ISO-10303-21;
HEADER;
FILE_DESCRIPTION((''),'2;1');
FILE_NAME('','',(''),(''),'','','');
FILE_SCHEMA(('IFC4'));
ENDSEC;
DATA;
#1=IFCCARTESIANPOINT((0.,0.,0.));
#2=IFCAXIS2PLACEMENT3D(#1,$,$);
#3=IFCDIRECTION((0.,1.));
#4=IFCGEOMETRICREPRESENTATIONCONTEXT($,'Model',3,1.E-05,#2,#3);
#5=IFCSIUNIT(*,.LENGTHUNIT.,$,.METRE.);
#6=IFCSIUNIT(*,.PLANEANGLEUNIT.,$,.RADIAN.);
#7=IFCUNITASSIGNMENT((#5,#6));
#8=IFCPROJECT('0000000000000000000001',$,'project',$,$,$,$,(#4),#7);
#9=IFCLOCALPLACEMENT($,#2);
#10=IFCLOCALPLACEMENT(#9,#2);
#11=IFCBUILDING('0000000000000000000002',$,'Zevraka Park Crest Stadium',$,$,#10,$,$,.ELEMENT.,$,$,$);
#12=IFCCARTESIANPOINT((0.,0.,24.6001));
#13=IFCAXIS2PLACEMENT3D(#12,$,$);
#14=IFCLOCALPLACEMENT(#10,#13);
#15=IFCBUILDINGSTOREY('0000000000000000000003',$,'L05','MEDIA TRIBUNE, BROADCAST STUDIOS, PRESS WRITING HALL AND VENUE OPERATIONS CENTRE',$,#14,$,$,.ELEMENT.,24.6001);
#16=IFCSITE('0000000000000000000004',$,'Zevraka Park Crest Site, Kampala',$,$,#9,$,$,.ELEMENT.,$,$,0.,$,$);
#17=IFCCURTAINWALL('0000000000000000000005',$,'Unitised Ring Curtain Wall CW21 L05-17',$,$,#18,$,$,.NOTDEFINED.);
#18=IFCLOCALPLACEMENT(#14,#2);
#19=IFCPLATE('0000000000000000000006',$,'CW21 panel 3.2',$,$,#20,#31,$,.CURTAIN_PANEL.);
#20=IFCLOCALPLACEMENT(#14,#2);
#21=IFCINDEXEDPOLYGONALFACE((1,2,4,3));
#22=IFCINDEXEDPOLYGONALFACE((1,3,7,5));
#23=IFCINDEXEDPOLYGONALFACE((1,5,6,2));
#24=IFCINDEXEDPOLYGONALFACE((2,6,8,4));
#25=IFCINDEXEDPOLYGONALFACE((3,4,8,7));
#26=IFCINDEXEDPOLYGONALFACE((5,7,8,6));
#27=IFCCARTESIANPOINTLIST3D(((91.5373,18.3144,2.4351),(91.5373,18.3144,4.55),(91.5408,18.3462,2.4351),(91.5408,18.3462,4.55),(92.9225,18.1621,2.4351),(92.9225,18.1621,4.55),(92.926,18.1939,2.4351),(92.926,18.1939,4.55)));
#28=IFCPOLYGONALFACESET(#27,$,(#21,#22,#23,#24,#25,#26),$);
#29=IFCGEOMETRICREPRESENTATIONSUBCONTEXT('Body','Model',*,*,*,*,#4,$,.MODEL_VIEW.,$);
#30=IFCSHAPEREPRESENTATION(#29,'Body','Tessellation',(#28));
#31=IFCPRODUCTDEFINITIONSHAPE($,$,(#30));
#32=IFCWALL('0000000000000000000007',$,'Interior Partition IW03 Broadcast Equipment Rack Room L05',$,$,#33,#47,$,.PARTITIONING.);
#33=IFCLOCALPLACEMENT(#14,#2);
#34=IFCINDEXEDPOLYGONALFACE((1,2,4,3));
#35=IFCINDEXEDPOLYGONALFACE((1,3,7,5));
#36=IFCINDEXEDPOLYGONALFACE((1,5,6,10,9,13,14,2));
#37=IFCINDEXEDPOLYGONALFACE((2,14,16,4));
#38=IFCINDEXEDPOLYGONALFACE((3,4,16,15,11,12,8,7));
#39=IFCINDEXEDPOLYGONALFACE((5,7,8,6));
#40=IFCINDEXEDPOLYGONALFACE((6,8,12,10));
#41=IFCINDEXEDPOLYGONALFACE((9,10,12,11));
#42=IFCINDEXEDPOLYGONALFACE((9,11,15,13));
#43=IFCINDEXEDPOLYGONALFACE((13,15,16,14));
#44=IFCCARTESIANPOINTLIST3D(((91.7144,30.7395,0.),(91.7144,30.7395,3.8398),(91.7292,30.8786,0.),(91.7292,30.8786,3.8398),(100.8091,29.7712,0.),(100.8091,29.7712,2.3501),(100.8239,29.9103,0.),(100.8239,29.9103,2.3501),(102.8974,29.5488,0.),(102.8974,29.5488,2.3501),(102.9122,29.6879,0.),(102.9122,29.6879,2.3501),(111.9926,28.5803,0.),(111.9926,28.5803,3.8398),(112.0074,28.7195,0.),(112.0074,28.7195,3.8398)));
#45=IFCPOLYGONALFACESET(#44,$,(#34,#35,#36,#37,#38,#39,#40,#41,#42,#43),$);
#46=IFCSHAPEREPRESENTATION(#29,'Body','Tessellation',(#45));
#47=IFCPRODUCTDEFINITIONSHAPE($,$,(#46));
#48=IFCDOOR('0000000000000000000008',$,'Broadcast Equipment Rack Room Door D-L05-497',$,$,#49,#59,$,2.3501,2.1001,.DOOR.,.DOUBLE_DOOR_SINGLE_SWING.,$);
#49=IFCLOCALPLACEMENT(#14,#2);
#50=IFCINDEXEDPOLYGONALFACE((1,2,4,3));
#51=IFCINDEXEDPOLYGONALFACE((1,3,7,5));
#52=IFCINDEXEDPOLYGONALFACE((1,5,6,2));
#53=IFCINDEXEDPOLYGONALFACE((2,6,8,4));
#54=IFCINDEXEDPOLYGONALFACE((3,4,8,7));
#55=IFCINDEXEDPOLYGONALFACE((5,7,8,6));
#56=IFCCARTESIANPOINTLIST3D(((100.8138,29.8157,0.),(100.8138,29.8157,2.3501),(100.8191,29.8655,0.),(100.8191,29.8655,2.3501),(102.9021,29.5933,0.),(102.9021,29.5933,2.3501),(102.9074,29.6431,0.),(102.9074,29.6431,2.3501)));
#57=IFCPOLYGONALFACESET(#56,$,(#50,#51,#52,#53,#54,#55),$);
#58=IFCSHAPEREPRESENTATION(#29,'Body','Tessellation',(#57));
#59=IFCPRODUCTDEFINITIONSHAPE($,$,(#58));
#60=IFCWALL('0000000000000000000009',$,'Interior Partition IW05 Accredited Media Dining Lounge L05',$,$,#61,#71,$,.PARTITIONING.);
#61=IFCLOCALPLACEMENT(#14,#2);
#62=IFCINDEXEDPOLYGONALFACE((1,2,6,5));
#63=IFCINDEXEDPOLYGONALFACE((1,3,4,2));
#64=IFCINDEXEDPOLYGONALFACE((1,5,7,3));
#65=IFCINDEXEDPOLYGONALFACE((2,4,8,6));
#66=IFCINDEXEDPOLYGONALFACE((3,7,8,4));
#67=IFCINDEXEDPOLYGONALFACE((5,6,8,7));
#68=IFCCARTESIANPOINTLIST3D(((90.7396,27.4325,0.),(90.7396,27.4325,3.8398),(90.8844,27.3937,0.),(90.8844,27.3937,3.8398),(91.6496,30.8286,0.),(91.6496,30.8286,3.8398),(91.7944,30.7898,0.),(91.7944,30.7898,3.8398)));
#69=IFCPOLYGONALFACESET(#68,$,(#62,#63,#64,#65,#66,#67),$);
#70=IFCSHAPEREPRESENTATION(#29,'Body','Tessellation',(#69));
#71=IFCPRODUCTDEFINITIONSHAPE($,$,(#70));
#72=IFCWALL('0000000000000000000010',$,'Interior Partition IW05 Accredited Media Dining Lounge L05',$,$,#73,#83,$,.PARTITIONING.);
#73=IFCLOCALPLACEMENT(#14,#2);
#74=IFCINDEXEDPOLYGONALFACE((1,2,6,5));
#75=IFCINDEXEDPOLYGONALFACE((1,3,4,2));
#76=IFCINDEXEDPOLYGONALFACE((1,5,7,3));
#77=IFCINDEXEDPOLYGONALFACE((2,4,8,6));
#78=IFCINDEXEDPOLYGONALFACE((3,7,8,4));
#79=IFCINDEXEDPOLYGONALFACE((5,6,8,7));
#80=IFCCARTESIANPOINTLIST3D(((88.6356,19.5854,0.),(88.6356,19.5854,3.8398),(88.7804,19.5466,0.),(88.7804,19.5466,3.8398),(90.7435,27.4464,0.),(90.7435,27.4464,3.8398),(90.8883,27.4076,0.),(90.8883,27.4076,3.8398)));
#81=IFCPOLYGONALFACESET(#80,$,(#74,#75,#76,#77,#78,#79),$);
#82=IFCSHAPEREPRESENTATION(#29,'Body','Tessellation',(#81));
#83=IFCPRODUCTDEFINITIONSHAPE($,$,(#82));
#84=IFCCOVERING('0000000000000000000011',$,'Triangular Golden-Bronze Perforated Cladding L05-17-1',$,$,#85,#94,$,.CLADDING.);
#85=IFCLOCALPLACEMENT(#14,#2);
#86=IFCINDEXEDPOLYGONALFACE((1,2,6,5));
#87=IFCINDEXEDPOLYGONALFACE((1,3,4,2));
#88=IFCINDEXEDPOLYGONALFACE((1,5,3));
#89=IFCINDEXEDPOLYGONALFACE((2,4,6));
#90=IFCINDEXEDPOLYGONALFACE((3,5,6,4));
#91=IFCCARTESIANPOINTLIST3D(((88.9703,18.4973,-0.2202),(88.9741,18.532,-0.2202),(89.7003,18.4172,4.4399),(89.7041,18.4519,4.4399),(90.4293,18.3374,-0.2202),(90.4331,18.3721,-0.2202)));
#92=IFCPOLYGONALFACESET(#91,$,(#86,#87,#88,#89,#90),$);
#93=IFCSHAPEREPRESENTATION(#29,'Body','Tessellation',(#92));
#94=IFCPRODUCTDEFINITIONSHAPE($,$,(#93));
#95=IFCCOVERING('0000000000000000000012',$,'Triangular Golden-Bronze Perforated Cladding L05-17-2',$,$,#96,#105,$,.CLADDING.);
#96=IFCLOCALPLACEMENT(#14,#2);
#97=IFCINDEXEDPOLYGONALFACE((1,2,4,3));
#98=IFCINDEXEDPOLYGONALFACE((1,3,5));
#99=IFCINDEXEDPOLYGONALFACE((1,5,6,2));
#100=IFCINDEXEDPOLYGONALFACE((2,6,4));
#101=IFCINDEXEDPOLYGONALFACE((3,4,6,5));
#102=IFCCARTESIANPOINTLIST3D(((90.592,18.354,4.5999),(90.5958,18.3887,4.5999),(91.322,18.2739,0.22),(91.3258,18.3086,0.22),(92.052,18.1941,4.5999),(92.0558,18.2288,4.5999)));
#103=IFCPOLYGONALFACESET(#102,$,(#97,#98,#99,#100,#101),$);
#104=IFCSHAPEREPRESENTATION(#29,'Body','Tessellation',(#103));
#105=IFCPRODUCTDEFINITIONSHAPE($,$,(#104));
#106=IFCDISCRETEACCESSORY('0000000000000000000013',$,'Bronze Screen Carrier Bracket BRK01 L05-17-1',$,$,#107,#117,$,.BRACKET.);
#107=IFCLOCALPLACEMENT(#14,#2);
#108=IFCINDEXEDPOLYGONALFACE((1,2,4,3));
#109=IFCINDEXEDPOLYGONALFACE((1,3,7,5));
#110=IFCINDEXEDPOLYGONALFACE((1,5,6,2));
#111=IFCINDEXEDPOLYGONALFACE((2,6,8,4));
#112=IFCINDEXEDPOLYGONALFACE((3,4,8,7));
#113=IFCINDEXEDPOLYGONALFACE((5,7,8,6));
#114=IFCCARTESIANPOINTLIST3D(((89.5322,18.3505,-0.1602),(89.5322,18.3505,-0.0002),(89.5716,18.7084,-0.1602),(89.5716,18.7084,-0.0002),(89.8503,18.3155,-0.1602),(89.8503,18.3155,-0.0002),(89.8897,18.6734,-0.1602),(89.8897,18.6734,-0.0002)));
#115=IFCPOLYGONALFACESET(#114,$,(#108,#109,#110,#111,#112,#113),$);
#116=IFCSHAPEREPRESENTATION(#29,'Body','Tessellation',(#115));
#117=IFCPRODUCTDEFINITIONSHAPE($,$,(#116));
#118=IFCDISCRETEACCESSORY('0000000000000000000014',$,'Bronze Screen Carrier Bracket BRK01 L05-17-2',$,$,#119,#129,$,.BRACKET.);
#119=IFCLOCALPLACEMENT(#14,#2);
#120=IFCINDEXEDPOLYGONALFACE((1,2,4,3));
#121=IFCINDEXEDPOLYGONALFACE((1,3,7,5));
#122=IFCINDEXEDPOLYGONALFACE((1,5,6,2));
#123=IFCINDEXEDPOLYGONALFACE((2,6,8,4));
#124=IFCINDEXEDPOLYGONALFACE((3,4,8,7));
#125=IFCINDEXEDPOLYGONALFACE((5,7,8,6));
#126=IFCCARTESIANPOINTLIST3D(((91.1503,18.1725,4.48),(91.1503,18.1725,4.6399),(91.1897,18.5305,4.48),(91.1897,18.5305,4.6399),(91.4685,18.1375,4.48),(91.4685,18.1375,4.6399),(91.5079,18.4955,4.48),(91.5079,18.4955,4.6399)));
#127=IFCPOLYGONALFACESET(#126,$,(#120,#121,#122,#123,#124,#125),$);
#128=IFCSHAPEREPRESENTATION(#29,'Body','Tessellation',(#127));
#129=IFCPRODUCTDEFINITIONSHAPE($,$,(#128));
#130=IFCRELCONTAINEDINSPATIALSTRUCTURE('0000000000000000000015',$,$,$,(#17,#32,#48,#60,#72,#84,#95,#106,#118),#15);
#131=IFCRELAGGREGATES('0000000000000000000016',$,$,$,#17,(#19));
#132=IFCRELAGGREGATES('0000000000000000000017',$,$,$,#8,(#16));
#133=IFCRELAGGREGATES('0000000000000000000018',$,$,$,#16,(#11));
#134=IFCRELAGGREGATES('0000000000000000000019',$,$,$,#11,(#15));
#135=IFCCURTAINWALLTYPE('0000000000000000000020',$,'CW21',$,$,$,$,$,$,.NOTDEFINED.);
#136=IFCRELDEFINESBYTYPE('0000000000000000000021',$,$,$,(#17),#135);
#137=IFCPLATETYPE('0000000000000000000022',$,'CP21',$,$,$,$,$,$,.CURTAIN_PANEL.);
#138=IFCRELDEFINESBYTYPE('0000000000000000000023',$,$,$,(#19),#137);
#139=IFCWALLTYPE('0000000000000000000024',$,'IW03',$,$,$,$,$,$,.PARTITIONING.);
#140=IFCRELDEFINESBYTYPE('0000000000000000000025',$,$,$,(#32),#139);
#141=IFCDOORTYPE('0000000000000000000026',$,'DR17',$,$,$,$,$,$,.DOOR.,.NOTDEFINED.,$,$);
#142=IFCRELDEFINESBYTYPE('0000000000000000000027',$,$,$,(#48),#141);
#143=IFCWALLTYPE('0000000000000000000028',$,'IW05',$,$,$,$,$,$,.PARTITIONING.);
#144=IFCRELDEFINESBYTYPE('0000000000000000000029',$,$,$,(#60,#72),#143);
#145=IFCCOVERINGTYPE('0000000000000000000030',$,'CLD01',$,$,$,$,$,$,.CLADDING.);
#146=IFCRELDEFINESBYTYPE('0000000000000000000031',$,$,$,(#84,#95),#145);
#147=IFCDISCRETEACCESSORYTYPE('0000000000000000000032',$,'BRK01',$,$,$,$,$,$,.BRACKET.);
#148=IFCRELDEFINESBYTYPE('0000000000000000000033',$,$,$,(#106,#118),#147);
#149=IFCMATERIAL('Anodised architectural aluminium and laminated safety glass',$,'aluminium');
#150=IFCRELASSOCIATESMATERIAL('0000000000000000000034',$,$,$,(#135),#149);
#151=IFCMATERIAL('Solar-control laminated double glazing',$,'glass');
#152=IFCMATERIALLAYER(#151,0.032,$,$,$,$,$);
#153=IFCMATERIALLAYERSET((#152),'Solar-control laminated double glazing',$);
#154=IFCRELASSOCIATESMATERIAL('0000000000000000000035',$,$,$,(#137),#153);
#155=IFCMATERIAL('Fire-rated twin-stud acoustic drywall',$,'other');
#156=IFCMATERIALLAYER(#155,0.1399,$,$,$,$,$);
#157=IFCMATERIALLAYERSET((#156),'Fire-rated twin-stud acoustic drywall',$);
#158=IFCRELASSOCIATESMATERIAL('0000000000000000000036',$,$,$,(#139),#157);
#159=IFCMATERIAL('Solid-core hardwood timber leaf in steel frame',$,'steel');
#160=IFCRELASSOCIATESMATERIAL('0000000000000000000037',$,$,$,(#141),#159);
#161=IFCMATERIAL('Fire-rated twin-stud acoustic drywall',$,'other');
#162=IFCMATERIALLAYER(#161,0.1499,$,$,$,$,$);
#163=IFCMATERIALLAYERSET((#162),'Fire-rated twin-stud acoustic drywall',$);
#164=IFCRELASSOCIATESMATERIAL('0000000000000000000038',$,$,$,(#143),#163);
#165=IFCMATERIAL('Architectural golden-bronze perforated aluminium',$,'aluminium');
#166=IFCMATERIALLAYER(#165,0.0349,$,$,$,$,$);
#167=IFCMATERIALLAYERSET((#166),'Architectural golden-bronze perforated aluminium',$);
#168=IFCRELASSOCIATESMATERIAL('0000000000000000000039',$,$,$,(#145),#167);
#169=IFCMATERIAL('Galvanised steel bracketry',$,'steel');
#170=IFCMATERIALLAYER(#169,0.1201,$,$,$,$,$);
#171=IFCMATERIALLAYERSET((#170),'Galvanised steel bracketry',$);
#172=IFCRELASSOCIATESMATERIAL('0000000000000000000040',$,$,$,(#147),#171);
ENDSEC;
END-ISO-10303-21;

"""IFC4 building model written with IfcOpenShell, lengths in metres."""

from ifc_helpers import new_model, si_unit, direction, frame, frame_2d, origin, origin_2d, place, context, subcontext, project, spatial, polyline, rectangle, outline, extrude, material, layer, layer_set, type_object, element, fill, aggregate, save


model = new_model("IFC4")

# Units and contexts
model_context = context("Model", 3, precision=1e-05, world=origin(), true_north=direction((0.0, 1.0)))
body_context = subcontext(model_context, "Body", "Model", "MODEL_VIEW")
ifc_project = project(units=[si_unit("LENGTHUNIT", "METRE"), si_unit("PLANEANGLEUNIT", "RADIAN")], contexts=[model_context])

# Site, building, storey
site_placement = place(None, origin())
site = spatial("IfcSite", under=ifc_project, at=site_placement, Name="Zevraka Park Crest Site, Kampala", CompositionType="ELEMENT", RefElevation=0.0)
building_placement = place(site_placement, origin())
building = spatial("IfcBuilding", under=site, at=building_placement, Name="Zevraka Park Crest Stadium", CompositionType="ELEMENT")
storey_placement = place(building_placement, frame((0.0, 0.0, 24.6001)))
storey = spatial("IfcBuildingStorey", under=building, at=storey_placement, Name="L05", Description="MEDIA TRIBUNE, BROADCAST STUDIOS, PRESS WRITING HALL AND VENUE OPERATIONS CENTRE", CompositionType="ELEMENT", Elevation=24.6001)

# Curtain wall
ifc_material_1 = material(Name="Anodised architectural aluminium and laminated safety glass", Category="aluminium")
curtain_wall_type = type_object("IfcCurtainWallType", Name="CW21", PredefinedType="NOTDEFINED", material=ifc_material_1)
curtain_wall_placement = place(storey_placement, origin())
curtain_wall = element("IfcCurtainWall", 1, at=curtain_wall_placement, inside=storey, type_object=curtain_wall_type, Name="Unitised Ring Curtain Wall CW21 L05-17", PredefinedType="NOTDEFINED")

# Plate
ifc_material_2 = material(Name="Solar-control laminated double glazing", Category="glass")
ifc_layer_1 = layer(ifc_material_2, 0.032)
ifc_layer_set_1 = layer_set([ifc_layer_1], Name="Solar-control laminated double glazing")
plate_type = type_object("IfcPlateType", Name="CP21", PredefinedType="CURTAIN_PANEL", material=ifc_layer_set_1)
plate_1_placement = place(storey_placement, frame((92.2317, 18.2542, 2.4351), z_axis=(0.0, 0.0, 1.0), x_axis=(0.99401, -0.109288, 0.0)))
plate_1 = element("IfcPlate", 2, at=plate_1_placement, type_object=plate_type, Name="CW21 panel 3.2", PredefinedType="CURTAIN_PANEL", context=body_context, shape_type="SweptSolid", body=[
    extrude(rectangle(XDim=1.3936, YDim=0.032, at=origin_2d()), origin(), (0.0, 0.0, 1.0), 2.115),
])
aggregate(curtain_wall, [plate_1])

# Wall, opening, door
ifc_material_3 = material(Name="Fire-rated twin-stud acoustic drywall", Category="other")
ifc_layer_2 = layer(ifc_material_3, 0.1399)
ifc_layer_set_2 = layer_set([ifc_layer_2], Name="Fire-rated twin-stud acoustic drywall")
wall_type_1 = type_object("IfcWallType", Name="IW03", PredefinedType="PARTITIONING", material=ifc_layer_set_2)
wall_1_placement = place(storey_placement, frame((91.7219, 30.8091, 0.0), z_axis=(0.0, 0.0, 1.0), x_axis=(0.994379, -0.10588, 0.0)))
wall_1 = element("IfcWall", 3, at=wall_1_placement, inside=storey, type_object=wall_type_1, Name="Interior Partition IW03 Broadcast Equipment Rack Room L05", PredefinedType="PARTITIONING", context=body_context, shape_type="SweptSolid", body=[
    extrude(rectangle(XDim=20.3928, YDim=0.1399, at=frame_2d((10.1963, 0.0))), origin(), (0.0, 0.0, 1.0), 3.8398),
])
opening_placement = place(wall_1_placement, frame((9.146, 0.0, 0.0)))
opening = element("IfcOpeningElement", 4, at=opening_placement, cuts=wall_1, PredefinedType="OPENING", context=body_context, shape_type="SweptSolid", body=[
    extrude(rectangle(XDim=2.1001, YDim=2.3501, at=frame_2d((1.05, 1.175))), frame((0.0, 0.0798, 0.0), z_axis=(0.0, -1.0, 0.0), x_axis=(1.0, 0.0, 0.0)), (0.0, 0.0, 1.0), 0.1599),
])
ifc_material_4 = material(Name="Solid-core hardwood timber leaf in steel frame", Category="steel")
door_type = type_object("IfcDoorType", Name="DR17", OperationType="NOTDEFINED", PredefinedType="DOOR", material=ifc_material_4)
door_placement = place(opening_placement, origin())
door = element("IfcDoor", 5, at=door_placement, inside=storey, type_object=door_type, Name="Broadcast Equipment Rack Room Door D-L05-497", OperationType="DOUBLE_DOOR_SINGLE_SWING", OverallHeight=2.3501, OverallWidth=2.1001, PredefinedType="DOOR", context=body_context, shape_type="SweptSolid", body=[
    extrude(rectangle(XDim=2.1001, YDim=2.3501, at=frame_2d((1.05, 1.175))), frame((0.0, 0.0249, 0.0), z_axis=(0.0, -1.0, 0.0), x_axis=(1.0, 0.0, 0.0)), (0.0, 0.0, 1.0), 0.05),
])
fill(opening, door)

# Walls
ifc_material_5 = material(Name="Fire-rated twin-stud acoustic drywall", Category="other")
ifc_layer_3 = layer(ifc_material_5, 0.1499)
ifc_layer_set_3 = layer_set([ifc_layer_3], Name="Fire-rated twin-stud acoustic drywall")
wall_type_2 = type_object("IfcWallType", Name="IW05", PredefinedType="PARTITIONING", material=ifc_layer_set_3)
wall_2_placement = place(storey_placement, frame((91.7219, 30.8091, 0.0), z_axis=(0.0, 0.0, 1.0), x_axis=(-0.258808, -0.965929, 0.0)))
element("IfcWall", 6, at=wall_2_placement, inside=storey, type_object=wall_type_2, Name="Interior Partition IW05 Accredited Media Dining Lounge L05", PredefinedType="PARTITIONING", context=body_context, shape_type="SweptSolid", body=[
    extrude(rectangle(XDim=3.5159, YDim=0.1499, at=frame_2d((1.7578, 0.0))), origin(), (0.0, 0.0, 1.0), 3.8398),
])
wall_3_placement = place(storey_placement, frame((90.8159, 27.427, 0.0), z_axis=(0.0, 0.0, 1.0), x_axis=(-0.258995, -0.965879, 0.0)))
element("IfcWall", 7, at=wall_3_placement, inside=storey, type_object=wall_type_2, Name="Interior Partition IW05 Accredited Media Dining Lounge L05", PredefinedType="PARTITIONING", context=body_context, shape_type="SweptSolid", body=[
    extrude(rectangle(XDim=8.1387, YDim=0.1499, at=frame_2d((4.0693, 0.0))), origin(), (0.0, 0.0, 1.0), 3.8398),
])

# Coverings
ifc_material_6 = material(Name="Architectural golden-bronze perforated aluminium", Category="aluminium")
ifc_layer_4 = layer(ifc_material_6, 0.0349)
ifc_layer_set_4 = layer_set([ifc_layer_4], Name="Architectural golden-bronze perforated aluminium")
covering_type = type_object("IfcCoveringType", Name="CLD01", PredefinedType="CLADDING", material=ifc_layer_set_4)
covering_1_placement = place(storey_placement, frame((88.9741, 18.532, -0.2202), z_axis=(0.108953, 0.994047, 0.000015), x_axis=(0.994047, -0.108953, 0.0)))
element("IfcCovering", 8, at=covering_1_placement, inside=storey, type_object=covering_type, Name="Triangular Golden-Bronze Perforated Cladding L05-17-1", PredefinedType="CLADDING", context=body_context, shape_type="SweptSolid", body=[
    extrude(outline(polyline([(0.0, 0.0), (1.4677, 0.0), (0.7344, -4.6602), (0.0, 0.0)])), origin(), (0.0, 0.0, -1.0), 0.0349),
])
covering_2_placement = place(storey_placement, frame((92.052, 18.1941, 4.5999), z_axis=(-0.108881, -0.994055, 0.000028), x_axis=(-0.994055, 0.108881, 0.0)))
element("IfcCovering", 9, at=covering_2_placement, inside=storey, type_object=covering_type, Name="Triangular Golden-Bronze Perforated Cladding L05-17-2", PredefinedType="CLADDING", context=body_context, shape_type="SweptSolid", body=[
    extrude(outline(polyline([(0.0, 0.0), (1.4687, 0.0), (0.7343, 4.3799), (0.0, 0.0)])), origin(), (0.0, 0.0, -1.0), 0.0349),
])

# Discrete accessories
ifc_material_7 = material(Name="Galvanised steel bracketry", Category="steel")
ifc_layer_5 = layer(ifc_material_7, 0.1201)
ifc_layer_set_5 = layer_set([ifc_layer_5], Name="Galvanised steel bracketry")
discrete_accessory_type = type_object("IfcDiscreteAccessoryType", Name="BRK01", PredefinedType="BRACKET", material=ifc_layer_set_5)
for number, where, z_axis, x_axis, name in (
    (10, (89.7109, 18.512, -0.1602), (0.0, 0.0, 1.0), (0.993999, -0.109387, 0.0), "Bronze Screen Carrier Bracket BRK01 L05-17-1"),
    (11, (91.3291, 18.334, 4.48), (0.0, 0.0, 1.0), (0.993999, -0.109387, 0.0), "Bronze Screen Carrier Bracket BRK01 L05-17-2"),
):
    element("IfcDiscreteAccessory", number, at=place(storey_placement, frame(where, z_axis=z_axis, x_axis=x_axis)), inside=storey, type_object=discrete_accessory_type, Name=name, PredefinedType="BRACKET", context=body_context, shape_type="SweptSolid", body=[
        extrude(rectangle(XDim=0.3201, YDim=0.3601, at=origin_2d()), origin(), (0.0, 0.0, 1.0), 0.1599),
    ])

save(model, "model.ifc")
